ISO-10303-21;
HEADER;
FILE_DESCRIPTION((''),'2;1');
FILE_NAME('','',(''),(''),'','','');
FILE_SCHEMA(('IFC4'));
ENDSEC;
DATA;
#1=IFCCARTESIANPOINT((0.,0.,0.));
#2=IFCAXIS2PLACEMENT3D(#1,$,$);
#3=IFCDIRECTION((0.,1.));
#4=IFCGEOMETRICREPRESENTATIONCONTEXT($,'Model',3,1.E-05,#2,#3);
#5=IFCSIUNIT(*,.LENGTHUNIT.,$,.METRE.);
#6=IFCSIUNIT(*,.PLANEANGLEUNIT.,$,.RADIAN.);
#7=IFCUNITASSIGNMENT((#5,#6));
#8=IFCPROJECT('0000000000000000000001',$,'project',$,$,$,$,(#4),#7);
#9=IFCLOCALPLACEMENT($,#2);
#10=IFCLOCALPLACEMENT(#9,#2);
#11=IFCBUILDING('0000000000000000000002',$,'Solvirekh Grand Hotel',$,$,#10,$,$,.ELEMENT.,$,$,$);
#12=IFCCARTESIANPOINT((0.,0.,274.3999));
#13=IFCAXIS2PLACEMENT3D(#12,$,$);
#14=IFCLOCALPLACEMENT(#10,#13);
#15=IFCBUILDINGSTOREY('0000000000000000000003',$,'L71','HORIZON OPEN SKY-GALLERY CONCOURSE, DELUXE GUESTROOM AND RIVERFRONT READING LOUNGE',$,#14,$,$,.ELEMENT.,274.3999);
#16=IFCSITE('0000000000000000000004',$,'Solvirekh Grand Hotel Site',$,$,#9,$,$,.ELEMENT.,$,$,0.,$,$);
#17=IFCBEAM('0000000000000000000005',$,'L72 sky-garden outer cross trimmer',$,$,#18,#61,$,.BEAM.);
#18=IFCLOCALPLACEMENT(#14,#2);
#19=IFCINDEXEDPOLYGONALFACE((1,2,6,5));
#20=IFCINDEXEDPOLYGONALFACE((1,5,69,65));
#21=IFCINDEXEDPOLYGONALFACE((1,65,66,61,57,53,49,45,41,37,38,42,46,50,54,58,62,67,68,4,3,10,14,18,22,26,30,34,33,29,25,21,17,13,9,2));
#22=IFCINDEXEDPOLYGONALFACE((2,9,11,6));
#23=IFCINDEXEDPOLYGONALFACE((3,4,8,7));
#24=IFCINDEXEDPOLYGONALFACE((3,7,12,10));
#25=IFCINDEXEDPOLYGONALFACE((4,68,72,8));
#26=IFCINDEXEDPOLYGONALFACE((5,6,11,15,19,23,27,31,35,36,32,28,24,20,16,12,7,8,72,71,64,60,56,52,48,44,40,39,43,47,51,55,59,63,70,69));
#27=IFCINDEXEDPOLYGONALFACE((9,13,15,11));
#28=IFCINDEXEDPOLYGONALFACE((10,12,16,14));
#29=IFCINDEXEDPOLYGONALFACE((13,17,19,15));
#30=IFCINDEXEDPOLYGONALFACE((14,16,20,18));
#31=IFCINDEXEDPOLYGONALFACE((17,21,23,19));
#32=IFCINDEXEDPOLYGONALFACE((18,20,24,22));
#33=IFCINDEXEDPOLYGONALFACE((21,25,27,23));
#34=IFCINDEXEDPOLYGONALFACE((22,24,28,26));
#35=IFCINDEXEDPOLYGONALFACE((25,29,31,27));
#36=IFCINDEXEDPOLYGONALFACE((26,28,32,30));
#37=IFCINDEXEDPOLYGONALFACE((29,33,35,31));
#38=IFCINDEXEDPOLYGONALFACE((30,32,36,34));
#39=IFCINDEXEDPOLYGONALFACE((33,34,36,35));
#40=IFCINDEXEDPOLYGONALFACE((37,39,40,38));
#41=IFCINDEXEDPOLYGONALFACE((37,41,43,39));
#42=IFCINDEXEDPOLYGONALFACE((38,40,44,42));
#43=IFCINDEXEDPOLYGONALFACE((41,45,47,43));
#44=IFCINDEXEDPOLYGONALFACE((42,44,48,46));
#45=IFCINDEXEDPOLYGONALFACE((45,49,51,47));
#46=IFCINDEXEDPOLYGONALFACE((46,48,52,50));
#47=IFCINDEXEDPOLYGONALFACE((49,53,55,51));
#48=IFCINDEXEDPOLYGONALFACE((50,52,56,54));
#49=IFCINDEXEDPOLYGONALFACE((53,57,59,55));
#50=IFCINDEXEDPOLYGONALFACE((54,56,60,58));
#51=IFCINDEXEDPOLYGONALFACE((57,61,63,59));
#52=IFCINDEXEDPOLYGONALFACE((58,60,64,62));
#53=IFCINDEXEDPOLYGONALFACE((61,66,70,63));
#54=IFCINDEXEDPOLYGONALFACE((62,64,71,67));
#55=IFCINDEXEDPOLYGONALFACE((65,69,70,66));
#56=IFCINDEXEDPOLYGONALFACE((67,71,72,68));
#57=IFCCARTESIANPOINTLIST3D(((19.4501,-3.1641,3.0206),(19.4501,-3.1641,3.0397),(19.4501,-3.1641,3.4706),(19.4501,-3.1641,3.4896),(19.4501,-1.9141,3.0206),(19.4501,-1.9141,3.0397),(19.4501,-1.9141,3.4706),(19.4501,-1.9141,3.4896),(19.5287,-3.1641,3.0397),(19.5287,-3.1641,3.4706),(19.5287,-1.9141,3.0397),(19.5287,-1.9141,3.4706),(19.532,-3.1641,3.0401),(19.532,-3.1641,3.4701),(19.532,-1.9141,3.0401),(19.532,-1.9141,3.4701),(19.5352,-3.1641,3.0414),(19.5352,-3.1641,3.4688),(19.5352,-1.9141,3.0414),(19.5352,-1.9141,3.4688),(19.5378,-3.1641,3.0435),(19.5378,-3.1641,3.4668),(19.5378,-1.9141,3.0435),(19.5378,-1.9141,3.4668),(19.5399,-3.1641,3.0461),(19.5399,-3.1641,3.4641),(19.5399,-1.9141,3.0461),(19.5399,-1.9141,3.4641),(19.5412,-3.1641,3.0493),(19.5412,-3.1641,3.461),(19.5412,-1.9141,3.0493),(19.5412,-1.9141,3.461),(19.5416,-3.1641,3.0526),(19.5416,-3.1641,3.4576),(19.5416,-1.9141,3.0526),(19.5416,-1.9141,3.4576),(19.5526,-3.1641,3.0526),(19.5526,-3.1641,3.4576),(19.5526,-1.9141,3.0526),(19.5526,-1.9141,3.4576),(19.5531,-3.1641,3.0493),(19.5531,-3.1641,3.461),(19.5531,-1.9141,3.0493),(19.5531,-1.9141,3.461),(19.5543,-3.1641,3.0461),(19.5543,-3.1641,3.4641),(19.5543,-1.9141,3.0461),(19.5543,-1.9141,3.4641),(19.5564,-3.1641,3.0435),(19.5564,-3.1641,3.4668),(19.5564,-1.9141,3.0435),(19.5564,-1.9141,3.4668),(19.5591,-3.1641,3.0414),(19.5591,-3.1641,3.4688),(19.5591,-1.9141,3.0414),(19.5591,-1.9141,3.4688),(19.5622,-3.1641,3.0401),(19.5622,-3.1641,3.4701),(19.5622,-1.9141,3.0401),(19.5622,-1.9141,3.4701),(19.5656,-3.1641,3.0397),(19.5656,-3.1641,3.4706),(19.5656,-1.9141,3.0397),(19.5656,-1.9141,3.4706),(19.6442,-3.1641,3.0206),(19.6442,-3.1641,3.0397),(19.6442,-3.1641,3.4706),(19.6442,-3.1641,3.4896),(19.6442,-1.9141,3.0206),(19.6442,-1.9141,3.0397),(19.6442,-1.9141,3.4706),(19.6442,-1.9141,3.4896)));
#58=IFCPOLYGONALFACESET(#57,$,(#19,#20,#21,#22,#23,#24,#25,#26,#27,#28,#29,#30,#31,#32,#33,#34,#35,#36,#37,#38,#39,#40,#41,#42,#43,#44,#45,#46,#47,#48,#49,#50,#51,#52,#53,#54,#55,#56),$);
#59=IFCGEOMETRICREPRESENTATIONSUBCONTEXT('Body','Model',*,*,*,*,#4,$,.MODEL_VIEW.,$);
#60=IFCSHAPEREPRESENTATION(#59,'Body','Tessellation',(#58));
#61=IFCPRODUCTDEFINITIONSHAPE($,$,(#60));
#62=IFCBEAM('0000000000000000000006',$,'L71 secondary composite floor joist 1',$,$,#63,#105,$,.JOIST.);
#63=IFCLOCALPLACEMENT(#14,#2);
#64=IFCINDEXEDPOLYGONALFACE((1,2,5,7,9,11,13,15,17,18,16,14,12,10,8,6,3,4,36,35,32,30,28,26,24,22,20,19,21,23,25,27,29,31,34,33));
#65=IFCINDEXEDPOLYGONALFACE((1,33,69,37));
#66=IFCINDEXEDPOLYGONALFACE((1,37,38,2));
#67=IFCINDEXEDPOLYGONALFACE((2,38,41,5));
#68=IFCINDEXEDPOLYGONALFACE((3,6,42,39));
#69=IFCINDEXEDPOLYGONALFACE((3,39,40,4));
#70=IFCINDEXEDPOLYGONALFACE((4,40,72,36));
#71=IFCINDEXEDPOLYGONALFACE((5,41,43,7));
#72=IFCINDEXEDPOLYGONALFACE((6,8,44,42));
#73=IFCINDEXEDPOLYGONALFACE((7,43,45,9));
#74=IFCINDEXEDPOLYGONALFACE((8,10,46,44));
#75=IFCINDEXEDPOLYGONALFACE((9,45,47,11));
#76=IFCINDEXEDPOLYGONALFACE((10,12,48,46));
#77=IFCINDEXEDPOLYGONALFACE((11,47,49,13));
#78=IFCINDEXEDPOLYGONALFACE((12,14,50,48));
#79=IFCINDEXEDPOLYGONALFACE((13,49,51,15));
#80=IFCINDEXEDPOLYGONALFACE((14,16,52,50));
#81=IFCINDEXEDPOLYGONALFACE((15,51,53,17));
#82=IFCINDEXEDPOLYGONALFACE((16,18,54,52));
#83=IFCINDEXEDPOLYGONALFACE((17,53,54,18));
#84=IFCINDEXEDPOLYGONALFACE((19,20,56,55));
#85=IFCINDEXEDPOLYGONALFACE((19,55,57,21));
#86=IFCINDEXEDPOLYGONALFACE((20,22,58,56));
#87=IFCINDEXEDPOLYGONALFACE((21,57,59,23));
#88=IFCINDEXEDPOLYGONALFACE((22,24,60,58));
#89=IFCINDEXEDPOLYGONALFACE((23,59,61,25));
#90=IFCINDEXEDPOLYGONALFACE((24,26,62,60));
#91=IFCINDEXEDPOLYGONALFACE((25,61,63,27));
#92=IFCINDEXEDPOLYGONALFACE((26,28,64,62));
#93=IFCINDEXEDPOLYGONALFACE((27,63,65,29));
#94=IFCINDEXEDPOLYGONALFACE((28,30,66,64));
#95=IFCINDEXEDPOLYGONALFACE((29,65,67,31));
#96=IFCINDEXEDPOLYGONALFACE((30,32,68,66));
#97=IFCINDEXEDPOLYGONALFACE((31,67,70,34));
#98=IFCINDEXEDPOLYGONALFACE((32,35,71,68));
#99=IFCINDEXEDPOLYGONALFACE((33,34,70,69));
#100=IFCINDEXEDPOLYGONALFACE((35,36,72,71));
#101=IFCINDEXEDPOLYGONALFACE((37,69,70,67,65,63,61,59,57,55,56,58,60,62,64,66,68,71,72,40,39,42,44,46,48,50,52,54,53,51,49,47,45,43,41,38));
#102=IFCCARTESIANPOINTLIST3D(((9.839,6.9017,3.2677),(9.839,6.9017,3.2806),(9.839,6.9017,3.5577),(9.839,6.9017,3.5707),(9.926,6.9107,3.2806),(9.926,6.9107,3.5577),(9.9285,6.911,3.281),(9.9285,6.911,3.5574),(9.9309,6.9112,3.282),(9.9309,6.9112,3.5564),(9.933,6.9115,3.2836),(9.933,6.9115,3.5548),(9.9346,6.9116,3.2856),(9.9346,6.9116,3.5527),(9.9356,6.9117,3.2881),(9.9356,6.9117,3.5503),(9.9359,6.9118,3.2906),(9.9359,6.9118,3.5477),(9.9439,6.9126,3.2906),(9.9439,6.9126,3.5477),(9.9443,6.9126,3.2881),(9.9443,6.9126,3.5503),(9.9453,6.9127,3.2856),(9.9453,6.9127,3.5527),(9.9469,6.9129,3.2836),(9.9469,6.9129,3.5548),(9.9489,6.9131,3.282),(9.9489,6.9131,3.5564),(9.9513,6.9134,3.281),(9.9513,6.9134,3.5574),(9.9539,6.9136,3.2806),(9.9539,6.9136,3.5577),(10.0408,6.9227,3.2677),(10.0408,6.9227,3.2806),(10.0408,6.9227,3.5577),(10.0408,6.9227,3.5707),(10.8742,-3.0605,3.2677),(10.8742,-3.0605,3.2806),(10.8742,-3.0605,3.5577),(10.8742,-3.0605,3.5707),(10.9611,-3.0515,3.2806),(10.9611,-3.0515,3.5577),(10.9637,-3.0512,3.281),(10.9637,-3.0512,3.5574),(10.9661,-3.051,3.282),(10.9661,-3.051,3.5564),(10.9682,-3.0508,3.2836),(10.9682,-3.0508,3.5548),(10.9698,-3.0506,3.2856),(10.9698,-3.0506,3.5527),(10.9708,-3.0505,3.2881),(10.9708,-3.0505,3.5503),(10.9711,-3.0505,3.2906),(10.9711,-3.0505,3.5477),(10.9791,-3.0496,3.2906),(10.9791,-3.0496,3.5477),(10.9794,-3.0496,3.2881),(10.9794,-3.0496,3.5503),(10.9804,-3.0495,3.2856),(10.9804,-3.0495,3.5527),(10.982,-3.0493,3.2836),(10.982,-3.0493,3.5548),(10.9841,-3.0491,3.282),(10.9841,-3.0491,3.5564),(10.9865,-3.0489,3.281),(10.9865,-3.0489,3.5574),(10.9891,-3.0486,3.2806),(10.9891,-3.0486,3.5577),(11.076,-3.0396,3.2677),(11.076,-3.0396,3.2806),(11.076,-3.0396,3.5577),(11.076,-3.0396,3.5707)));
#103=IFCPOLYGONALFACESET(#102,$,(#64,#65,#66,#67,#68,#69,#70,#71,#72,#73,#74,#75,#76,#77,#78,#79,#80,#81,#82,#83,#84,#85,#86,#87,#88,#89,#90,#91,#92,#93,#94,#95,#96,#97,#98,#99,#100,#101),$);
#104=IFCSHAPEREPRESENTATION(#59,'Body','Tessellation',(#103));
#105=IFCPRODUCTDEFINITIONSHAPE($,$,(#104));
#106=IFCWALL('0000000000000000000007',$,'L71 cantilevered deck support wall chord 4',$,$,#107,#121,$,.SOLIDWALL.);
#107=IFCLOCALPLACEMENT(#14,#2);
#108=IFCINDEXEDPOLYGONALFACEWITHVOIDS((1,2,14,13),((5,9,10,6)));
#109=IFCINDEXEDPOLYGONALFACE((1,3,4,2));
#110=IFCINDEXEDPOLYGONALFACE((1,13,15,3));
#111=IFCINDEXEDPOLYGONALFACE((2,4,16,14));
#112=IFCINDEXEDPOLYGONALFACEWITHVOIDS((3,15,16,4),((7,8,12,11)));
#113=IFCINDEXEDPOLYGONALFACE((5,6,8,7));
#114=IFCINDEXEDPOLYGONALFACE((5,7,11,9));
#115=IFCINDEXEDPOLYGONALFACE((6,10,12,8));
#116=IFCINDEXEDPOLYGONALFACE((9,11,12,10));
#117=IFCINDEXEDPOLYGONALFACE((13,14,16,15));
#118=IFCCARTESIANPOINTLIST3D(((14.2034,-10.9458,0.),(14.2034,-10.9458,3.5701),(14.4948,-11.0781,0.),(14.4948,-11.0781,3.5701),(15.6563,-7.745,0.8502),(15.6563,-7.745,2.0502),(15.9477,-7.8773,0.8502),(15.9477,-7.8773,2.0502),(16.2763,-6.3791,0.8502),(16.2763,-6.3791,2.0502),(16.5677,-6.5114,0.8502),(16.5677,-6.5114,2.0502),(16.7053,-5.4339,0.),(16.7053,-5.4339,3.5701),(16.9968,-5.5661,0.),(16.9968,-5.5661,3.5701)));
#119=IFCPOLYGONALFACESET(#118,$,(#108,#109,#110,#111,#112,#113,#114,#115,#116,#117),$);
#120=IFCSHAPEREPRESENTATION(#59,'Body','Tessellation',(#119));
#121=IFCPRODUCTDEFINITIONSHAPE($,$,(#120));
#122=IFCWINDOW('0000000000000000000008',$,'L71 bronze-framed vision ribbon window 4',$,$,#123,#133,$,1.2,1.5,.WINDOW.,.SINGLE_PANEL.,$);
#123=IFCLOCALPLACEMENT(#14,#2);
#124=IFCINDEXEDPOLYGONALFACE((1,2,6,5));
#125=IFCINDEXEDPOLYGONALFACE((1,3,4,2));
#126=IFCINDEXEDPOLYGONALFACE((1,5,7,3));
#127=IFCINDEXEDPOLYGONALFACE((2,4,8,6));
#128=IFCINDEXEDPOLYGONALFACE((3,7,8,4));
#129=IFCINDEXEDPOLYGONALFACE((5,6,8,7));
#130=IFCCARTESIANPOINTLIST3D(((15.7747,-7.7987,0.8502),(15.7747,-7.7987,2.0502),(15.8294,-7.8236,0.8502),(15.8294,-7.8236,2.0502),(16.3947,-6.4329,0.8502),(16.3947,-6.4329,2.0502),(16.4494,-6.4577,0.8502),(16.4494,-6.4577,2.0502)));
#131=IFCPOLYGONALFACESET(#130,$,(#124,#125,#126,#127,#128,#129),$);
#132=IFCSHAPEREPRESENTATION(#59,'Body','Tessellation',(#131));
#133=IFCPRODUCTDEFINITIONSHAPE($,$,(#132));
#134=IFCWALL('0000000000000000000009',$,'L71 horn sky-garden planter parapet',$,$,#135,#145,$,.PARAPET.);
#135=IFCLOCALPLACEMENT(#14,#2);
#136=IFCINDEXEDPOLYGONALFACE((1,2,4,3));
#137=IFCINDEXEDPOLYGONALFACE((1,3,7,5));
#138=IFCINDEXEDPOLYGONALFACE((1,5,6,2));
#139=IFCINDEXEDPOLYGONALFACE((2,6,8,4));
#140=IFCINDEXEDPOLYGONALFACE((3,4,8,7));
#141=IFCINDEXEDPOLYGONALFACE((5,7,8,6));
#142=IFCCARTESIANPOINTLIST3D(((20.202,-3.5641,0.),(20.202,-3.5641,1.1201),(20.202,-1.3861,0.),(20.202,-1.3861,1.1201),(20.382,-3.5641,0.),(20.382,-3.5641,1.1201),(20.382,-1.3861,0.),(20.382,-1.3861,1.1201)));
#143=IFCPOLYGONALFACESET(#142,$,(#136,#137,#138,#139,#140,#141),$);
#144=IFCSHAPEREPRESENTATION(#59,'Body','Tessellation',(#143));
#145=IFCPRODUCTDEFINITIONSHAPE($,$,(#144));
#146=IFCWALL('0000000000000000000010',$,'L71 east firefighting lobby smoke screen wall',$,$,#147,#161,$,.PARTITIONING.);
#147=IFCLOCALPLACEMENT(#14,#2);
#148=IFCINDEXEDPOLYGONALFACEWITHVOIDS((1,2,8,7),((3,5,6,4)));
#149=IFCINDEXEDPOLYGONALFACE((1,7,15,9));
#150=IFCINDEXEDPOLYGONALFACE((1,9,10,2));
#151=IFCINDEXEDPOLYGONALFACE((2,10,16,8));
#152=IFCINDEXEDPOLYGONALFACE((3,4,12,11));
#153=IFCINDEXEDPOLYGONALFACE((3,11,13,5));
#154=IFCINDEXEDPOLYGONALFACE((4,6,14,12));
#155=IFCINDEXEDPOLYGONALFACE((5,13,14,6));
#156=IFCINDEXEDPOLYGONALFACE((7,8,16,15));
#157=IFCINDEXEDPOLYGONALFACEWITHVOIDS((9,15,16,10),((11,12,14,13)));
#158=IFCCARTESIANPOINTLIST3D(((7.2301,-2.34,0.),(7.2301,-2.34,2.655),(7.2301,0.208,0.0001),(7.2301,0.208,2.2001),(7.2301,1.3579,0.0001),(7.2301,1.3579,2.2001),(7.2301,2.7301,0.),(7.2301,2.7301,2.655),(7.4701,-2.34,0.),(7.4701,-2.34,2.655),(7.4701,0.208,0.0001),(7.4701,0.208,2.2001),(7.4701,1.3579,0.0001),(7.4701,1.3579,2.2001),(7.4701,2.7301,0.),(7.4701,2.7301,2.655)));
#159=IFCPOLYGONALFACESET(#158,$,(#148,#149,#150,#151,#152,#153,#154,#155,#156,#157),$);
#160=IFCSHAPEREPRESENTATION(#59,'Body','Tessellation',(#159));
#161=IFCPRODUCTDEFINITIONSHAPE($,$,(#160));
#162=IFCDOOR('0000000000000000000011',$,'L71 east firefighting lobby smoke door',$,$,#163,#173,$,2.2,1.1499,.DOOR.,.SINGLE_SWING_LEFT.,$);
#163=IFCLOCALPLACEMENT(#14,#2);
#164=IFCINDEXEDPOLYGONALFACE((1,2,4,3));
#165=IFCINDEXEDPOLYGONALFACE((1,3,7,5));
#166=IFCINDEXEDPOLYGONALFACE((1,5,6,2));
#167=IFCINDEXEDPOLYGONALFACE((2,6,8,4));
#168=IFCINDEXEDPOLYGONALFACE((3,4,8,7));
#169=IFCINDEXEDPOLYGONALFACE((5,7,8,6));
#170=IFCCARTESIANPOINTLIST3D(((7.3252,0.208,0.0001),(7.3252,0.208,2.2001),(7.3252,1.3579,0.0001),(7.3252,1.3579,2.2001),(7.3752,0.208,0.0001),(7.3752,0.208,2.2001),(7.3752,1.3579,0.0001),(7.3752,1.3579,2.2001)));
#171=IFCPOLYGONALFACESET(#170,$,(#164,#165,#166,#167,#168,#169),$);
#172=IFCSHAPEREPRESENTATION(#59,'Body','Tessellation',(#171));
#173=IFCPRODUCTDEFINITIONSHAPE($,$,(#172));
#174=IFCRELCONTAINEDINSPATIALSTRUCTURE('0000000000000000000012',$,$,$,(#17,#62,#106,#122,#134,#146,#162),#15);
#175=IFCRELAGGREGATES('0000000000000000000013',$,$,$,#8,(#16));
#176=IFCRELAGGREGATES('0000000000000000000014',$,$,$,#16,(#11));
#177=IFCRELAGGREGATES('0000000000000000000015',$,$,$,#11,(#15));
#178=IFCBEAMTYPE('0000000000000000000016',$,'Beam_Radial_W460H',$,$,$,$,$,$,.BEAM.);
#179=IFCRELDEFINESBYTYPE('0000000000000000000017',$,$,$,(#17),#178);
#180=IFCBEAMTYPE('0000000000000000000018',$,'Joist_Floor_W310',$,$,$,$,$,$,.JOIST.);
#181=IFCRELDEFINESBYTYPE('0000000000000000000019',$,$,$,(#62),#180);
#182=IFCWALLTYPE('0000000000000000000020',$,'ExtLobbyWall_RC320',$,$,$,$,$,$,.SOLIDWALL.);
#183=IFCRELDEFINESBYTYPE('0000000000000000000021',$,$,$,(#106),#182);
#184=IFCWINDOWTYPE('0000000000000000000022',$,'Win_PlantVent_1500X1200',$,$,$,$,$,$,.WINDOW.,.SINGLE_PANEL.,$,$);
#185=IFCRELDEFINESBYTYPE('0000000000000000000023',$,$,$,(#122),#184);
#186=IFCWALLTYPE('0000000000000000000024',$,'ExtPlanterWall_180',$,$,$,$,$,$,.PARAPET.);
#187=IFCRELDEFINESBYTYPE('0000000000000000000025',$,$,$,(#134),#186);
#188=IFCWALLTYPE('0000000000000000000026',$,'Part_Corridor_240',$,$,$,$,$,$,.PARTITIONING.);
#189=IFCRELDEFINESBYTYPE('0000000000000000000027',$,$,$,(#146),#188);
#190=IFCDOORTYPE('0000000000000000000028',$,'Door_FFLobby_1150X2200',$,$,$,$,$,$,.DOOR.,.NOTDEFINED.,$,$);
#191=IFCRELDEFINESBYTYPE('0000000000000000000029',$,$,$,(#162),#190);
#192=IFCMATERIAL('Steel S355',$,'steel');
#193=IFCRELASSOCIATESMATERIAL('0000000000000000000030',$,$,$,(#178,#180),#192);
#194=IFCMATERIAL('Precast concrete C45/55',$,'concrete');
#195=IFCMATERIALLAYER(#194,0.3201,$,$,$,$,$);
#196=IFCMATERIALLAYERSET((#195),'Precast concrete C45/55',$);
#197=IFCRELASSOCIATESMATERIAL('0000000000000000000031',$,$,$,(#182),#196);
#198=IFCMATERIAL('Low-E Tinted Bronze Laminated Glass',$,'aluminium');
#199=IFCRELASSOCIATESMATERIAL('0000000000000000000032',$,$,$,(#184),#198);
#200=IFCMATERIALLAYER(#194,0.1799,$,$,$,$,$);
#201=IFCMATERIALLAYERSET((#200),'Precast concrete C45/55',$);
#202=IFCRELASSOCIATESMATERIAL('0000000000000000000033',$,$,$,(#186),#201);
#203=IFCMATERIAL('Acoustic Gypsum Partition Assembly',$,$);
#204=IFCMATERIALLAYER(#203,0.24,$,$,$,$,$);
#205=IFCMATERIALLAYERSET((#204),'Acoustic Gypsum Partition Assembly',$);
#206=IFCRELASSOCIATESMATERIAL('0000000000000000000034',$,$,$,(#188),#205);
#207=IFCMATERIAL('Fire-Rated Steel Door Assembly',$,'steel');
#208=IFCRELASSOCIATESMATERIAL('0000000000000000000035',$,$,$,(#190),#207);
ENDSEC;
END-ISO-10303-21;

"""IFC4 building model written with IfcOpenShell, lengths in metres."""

from ifc_helpers import new_model, si_unit, direction, frame, frame_2d, origin, origin_2d, place, context, subcontext, project, spatial, rectangle, i_section, extrude, material, layer, layer_set, material_profile, profile_set, type_object, element, fill, save


model = new_model("IFC4")

# Units and contexts
model_context = context("Model", 3, precision=1e-05, world=origin(), true_north=direction((0.0, 1.0)))
body_context = subcontext(model_context, "Body", "Model", "MODEL_VIEW")
ifc_project = project(units=[si_unit("LENGTHUNIT", "METRE"), si_unit("PLANEANGLEUNIT", "RADIAN")], contexts=[model_context])

# Site, building, storey
site_placement = place(None, origin())
site = spatial("IfcSite", under=ifc_project, at=site_placement, Name="Solvirekh Grand Hotel Site", CompositionType="ELEMENT", RefElevation=0.0)
building_placement = place(site_placement, origin())
building = spatial("IfcBuilding", under=site, at=building_placement, Name="Solvirekh Grand Hotel", CompositionType="ELEMENT")
storey_placement = place(building_placement, frame((0.0, 0.0, 274.3999)))
storey = spatial("IfcBuildingStorey", under=building, at=storey_placement, Name="L71", Description="HORIZON OPEN SKY-GALLERY CONCOURSE, DELUXE GUESTROOM AND RIVERFRONT READING LOUNGE", CompositionType="ELEMENT", Elevation=274.3999)

# Beams
ifc_material_1 = material(Name="Steel S355", Category="steel")
ifc_material_profile_1 = material_profile(ifc_material_1, i_section(OverallWidth=0.1941, OverallDepth=0.469, WebThickness=0.011, FlangeThickness=0.019, FilletRadius=0.0129, at=origin_2d()), Name="W460X106")
ifc_profile_set_1 = profile_set([ifc_material_profile_1], Name="Steel S355")
beam_type_1 = type_object("IfcBeamType", Name="Beam_Radial_W460H", PredefinedType="BEAM", material=ifc_profile_set_1)
beam_1_placement = place(storey_placement, frame((19.5471, -3.1641, 3.2551), z_axis=(0.0, 1.0, 0.0), x_axis=(-1.0, 0.0, 0.0)))
element("IfcBeam", 1, at=beam_1_placement, inside=storey, type_object=beam_type_1, Name="L72 sky-garden outer cross trimmer", PredefinedType="BEAM", context=body_context, shape_type="SweptSolid", body=[
    extrude(i_section(OverallWidth=0.1941, OverallDepth=0.469, WebThickness=0.011, FlangeThickness=0.019, FilletRadius=0.0129, at=origin_2d()), origin(), (0.0, 0.0, 1.0), 1.25),
])
ifc_material_profile_2 = material_profile(ifc_material_1, i_section(OverallWidth=0.2029, OverallDepth=0.303, WebThickness=0.0081, FlangeThickness=0.0129, FilletRadius=0.01, at=origin_2d()), Name="W310X60")
ifc_profile_set_2 = profile_set([ifc_material_profile_2], Name="Steel S355")
beam_type_2 = type_object("IfcBeamType", Name="Joist_Floor_W310", PredefinedType="JOIST", material=ifc_profile_set_2)
beam_2_placement = place(storey_placement, frame((10.9751, -3.05, 3.4192), z_axis=(-0.103352, 0.994645, 0.0), x_axis=(-0.994645, -0.103352, 0.0)))
element("IfcBeam", 2, at=beam_2_placement, inside=storey, type_object=beam_type_2, Name="L71 secondary composite floor joist 1", PredefinedType="JOIST", context=body_context, shape_type="SweptSolid", body=[
    extrude(i_section(OverallWidth=0.2029, OverallDepth=0.303, WebThickness=0.0081, FlangeThickness=0.0129, FilletRadius=0.01, at=origin_2d()), origin(), (0.0, 0.0, 1.0), 10.0159),
])

# Wall, opening, window
ifc_material_2 = material(Name="Precast concrete C45/55", Category="concrete")
ifc_layer_1 = layer(ifc_material_2, 0.3201)
ifc_layer_set_1 = layer_set([ifc_layer_1], Name="Precast concrete C45/55")
wall_type_1 = type_object("IfcWallType", Name="ExtLobbyWall_RC320", PredefinedType="SOLIDWALL", material=ifc_layer_set_1)
wall_1_placement = place(storey_placement, frame((16.8511, -5.5, 0.0), z_axis=(0.0, 0.0, 1.0), x_axis=(-0.413326, -0.910583, 0.0)))
wall_1 = element("IfcWall", 3, at=wall_1_placement, inside=storey, type_object=wall_type_1, Name="L71 cantilevered deck support wall chord 4", PredefinedType="SOLIDWALL", context=body_context, shape_type="SweptSolid", body=[
    extrude(rectangle(XDim=6.0532, YDim=0.3201, at=frame_2d((3.0266, 0.0))), origin(), (0.0, 0.0, 1.0), 3.5701),
])
opening_1_placement = place(wall_1_placement, frame((1.0381, 0.0, 0.8501)))
opening_1 = element("IfcOpeningElement", 4, at=opening_1_placement, cuts=wall_1, PredefinedType="OPENING", context=body_context, shape_type="SweptSolid", body=[
    extrude(rectangle(XDim=1.5, YDim=1.2, at=frame_2d((0.75, 0.6001))), frame((0.0, 0.1699, 0.0), z_axis=(0.0, -1.0, 0.0), x_axis=(1.0, 0.0, 0.0)), (0.0, 0.0, 1.0), 0.3401),
])
ifc_material_3 = material(Name="Low-E Tinted Bronze Laminated Glass", Category="aluminium")
window_type = type_object("IfcWindowType", Name="Win_PlantVent_1500X1200", PartitioningType="SINGLE_PANEL", PredefinedType="WINDOW", material=ifc_material_3)
window_placement = place(opening_1_placement, origin())
window = element("IfcWindow", 5, at=window_placement, inside=storey, type_object=window_type, Name="L71 bronze-framed vision ribbon window 4", OverallHeight=1.2, OverallWidth=1.5, PartitioningType="SINGLE_PANEL", PredefinedType="WINDOW", context=body_context, shape_type="SweptSolid", body=[
    extrude(rectangle(XDim=1.5, YDim=1.2, at=frame_2d((0.75, 0.6001))), frame((0.0, 0.03, 0.0), z_axis=(0.0, -1.0, 0.0), x_axis=(1.0, 0.0, 0.0)), (0.0, 0.0, 1.0), 0.0601),
])
fill(opening_1, window)

# Wall
ifc_layer_2 = layer(ifc_material_2, 0.1799)
ifc_layer_set_2 = layer_set([ifc_layer_2], Name="Precast concrete C45/55")
wall_type_2 = type_object("IfcWallType", Name="ExtPlanterWall_180", PredefinedType="PARAPET", material=ifc_layer_set_2)
wall_2_placement = place(storey_placement, frame((20.292, -3.564, 0.0), z_axis=(0.0, 0.0, 1.0), x_axis=(0.0, 1.0, 0.0)))
element("IfcWall", 6, at=wall_2_placement, inside=storey, type_object=wall_type_2, Name="L71 horn sky-garden planter parapet", PredefinedType="PARAPET", context=body_context, shape_type="SweptSolid", body=[
    extrude(rectangle(XDim=2.178, YDim=0.1799, at=frame_2d((1.0889, 0.0))), origin(), (0.0, 0.0, 1.0), 1.1201),
])

# Wall, opening, door
ifc_material_4 = material(Name="Acoustic Gypsum Partition Assembly")
ifc_layer_3 = layer(ifc_material_4, 0.24)
ifc_layer_set_3 = layer_set([ifc_layer_3], Name="Acoustic Gypsum Partition Assembly")
wall_type_3 = type_object("IfcWallType", Name="Part_Corridor_240", PredefinedType="PARTITIONING", material=ifc_layer_set_3)
wall_3_placement = place(storey_placement, frame((7.3501, -2.3401, 0.0), z_axis=(0.0, 0.0, 1.0), x_axis=(0.0, 1.0, 0.0)))
wall_3 = element("IfcWall", 7, at=wall_3_placement, inside=storey, type_object=wall_type_3, Name="L71 east firefighting lobby smoke screen wall", PredefinedType="PARTITIONING", context=body_context, shape_type="SweptSolid", body=[
    extrude(rectangle(XDim=5.0701, YDim=0.24, at=frame_2d((2.5352, 0.0))), origin(), (0.0, 0.0, 1.0), 2.655),
])
opening_2_placement = place(wall_3_placement, frame((2.5481, 0.0, 0.0)))
opening_2 = element("IfcOpeningElement", 8, at=opening_2_placement, cuts=wall_3, PredefinedType="OPENING", context=body_context, shape_type="SweptSolid", body=[
    extrude(rectangle(XDim=1.1499, YDim=2.2, at=frame_2d((0.575, 1.1001))), frame((0.0, 0.1299, 0.0), z_axis=(0.0, -1.0, 0.0), x_axis=(1.0, 0.0, 0.0)), (0.0, 0.0, 1.0), 0.26),
])
ifc_material_5 = material(Name="Fire-Rated Steel Door Assembly", Category="steel")
door_type_1 = type_object("IfcDoorType", Name="Door_FFLobby_1150X2200", OperationType="NOTDEFINED", PredefinedType="DOOR", material=ifc_material_5)
door_1_placement = place(opening_2_placement, origin())
door_1 = element("IfcDoor", 9, at=door_1_placement, inside=storey, type_object=door_type_1, Name="L71 east firefighting lobby smoke door", OperationType="SINGLE_SWING_LEFT", OverallHeight=2.2, OverallWidth=1.1499, PredefinedType="DOOR", context=body_context, shape_type="SweptSolid", body=[
    extrude(rectangle(XDim=1.1499, YDim=2.2, at=frame_2d((0.575, 1.1001))), frame((0.0, 0.0249, 0.0), z_axis=(0.0, -1.0, 0.0), x_axis=(1.0, 0.0, 0.0)), (0.0, 0.0, 1.0), 0.05),
])
fill(opening_2, door_1)

save(model, "model.ifc")
